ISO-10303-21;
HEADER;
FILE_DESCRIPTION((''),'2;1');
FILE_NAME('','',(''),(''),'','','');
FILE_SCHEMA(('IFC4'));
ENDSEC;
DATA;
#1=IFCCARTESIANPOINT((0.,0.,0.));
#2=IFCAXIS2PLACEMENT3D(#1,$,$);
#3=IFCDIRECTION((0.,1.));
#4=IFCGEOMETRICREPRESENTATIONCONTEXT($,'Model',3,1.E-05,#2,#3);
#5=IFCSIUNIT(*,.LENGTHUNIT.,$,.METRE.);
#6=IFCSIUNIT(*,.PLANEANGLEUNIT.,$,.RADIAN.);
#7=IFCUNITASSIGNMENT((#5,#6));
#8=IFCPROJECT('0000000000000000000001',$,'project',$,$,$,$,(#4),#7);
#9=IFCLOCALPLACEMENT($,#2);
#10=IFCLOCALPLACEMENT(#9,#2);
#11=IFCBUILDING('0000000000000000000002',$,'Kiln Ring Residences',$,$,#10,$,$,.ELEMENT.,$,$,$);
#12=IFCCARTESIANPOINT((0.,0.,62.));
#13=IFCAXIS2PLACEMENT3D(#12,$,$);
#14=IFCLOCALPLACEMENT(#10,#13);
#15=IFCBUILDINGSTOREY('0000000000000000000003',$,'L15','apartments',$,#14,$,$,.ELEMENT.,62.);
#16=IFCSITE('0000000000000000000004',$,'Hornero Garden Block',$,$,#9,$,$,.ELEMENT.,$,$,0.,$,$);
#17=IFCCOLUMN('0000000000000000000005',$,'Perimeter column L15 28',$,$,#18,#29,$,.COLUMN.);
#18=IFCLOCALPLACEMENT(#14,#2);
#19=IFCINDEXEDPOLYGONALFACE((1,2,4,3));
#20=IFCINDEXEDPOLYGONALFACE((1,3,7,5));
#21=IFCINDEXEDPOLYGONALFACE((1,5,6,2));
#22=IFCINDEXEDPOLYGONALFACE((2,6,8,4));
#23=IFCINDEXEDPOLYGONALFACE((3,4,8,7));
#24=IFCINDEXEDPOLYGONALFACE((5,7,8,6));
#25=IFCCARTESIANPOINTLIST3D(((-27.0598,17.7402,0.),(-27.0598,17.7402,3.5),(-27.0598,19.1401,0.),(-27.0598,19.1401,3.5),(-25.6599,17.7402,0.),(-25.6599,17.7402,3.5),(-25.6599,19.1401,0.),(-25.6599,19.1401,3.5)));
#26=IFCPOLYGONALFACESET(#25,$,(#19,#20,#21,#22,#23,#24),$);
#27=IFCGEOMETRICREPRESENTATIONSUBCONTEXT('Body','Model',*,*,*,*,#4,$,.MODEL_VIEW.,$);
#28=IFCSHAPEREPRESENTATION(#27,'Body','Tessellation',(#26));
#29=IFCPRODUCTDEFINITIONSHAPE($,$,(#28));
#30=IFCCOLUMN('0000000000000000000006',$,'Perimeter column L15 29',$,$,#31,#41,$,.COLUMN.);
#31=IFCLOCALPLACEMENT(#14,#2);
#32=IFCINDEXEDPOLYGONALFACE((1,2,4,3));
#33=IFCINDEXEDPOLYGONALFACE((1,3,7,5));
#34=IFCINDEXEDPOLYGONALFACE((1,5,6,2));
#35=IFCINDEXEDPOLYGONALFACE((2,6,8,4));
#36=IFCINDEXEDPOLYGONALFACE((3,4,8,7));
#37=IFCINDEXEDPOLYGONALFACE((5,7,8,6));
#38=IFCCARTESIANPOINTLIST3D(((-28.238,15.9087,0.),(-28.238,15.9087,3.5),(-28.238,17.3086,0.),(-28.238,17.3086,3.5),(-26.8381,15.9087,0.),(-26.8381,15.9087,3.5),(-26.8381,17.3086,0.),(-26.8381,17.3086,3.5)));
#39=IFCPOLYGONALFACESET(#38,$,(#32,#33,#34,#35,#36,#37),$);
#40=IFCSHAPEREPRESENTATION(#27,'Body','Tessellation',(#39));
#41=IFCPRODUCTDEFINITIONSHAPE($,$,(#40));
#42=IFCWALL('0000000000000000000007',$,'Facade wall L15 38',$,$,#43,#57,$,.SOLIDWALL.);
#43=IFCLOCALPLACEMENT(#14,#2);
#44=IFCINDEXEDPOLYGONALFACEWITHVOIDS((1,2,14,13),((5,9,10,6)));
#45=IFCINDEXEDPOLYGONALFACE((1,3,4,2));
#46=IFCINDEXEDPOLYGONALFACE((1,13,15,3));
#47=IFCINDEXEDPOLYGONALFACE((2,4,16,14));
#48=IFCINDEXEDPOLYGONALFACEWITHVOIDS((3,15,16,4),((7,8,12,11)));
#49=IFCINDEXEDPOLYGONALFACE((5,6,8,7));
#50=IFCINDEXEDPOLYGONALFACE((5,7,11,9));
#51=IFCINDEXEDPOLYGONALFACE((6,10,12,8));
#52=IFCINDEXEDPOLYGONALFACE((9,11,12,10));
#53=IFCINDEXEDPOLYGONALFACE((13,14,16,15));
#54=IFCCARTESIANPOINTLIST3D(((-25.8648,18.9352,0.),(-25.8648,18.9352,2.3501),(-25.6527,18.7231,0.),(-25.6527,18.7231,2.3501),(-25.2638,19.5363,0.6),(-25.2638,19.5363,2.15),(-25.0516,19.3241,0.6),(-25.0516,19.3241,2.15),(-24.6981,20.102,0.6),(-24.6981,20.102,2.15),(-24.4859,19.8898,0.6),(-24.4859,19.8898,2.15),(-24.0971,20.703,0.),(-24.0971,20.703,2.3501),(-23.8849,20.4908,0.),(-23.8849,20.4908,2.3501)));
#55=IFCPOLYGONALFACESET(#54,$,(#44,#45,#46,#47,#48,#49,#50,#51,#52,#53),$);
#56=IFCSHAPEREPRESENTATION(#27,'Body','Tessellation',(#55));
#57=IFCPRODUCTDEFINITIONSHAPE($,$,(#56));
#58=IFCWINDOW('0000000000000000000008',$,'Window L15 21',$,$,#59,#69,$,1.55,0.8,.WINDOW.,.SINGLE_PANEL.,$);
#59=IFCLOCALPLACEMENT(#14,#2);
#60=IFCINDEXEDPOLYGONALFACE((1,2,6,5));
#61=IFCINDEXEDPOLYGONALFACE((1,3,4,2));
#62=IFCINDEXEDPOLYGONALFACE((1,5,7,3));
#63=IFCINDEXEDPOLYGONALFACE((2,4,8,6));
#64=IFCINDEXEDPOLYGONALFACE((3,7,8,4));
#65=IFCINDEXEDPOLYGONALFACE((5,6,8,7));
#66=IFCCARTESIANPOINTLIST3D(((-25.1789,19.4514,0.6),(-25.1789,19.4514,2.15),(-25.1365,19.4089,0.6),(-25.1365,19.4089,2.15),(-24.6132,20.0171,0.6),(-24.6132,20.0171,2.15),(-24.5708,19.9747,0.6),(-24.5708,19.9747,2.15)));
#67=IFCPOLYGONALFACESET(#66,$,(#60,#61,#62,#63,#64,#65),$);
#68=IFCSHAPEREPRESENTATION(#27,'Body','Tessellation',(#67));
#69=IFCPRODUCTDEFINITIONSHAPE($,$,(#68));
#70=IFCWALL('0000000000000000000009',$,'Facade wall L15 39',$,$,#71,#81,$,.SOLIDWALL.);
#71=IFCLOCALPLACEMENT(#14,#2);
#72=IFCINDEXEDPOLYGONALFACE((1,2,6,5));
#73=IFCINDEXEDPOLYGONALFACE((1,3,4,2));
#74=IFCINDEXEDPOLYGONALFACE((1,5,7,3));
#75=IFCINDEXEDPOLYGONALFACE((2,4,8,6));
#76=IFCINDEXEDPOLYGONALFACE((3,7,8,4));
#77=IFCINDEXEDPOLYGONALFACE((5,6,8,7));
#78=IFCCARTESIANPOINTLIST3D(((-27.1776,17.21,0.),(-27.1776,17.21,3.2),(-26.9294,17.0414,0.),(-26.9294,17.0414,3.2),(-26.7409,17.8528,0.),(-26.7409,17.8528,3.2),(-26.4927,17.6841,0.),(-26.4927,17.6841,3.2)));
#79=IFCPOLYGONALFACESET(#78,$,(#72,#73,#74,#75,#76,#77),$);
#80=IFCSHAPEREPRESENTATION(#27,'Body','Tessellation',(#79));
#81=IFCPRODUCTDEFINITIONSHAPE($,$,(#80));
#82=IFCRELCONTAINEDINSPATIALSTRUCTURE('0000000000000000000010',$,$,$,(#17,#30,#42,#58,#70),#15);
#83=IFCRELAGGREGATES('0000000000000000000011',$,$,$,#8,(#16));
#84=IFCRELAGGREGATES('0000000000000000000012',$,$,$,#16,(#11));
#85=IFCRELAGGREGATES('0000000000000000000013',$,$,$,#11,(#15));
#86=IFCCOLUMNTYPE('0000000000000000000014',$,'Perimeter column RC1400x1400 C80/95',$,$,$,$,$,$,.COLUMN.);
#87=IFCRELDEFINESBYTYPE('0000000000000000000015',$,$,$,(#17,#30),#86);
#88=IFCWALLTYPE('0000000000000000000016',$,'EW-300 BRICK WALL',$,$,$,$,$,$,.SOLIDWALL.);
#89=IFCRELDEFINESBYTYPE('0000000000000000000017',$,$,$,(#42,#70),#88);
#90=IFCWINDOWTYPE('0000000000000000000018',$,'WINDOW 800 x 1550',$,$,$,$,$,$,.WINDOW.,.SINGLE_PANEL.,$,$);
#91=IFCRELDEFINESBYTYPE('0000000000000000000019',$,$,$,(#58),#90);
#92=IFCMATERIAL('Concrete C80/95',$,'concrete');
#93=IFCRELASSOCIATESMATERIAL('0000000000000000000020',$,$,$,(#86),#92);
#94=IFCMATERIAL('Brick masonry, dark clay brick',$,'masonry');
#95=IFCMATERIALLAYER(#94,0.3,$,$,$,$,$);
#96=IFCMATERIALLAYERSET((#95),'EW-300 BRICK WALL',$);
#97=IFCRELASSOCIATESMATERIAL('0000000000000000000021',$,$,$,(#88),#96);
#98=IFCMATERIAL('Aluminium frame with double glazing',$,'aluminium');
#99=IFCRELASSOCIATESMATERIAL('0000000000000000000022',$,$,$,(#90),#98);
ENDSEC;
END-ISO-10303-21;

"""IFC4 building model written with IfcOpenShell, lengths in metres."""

from ifc_helpers import new_model, si_unit, direction, frame, frame_2d, origin, origin_2d, place, context, subcontext, project, spatial, rectangle, extrude, material, layer, layer_set, material_profile, profile_set, type_object, element, fill, save


model = new_model("IFC4")

# Units and contexts
model_context = context("Model", 3, precision=1e-05, world=origin(), true_north=direction((0.0, 1.0)))
body_context = subcontext(model_context, "Body", "Model", "MODEL_VIEW")
ifc_project = project(units=[si_unit("LENGTHUNIT", "METRE"), si_unit("PLANEANGLEUNIT", "RADIAN")], contexts=[model_context])

# Site, building, storey
site_placement = place(None, origin())
site = spatial("IfcSite", under=ifc_project, at=site_placement, Name="Hornero Garden Block", CompositionType="ELEMENT", RefElevation=0.0)
building_placement = place(site_placement, origin())
building = spatial("IfcBuilding", under=site, at=building_placement, Name="Kiln Ring Residences", CompositionType="ELEMENT")
storey_placement = place(building_placement, frame((0.0, 0.0, 62.0)))
storey = spatial("IfcBuildingStorey", under=building, at=storey_placement, Name="L15", Description="apartments", CompositionType="ELEMENT", Elevation=62.0)

# Columns
ifc_material_1 = material(Name="Concrete C80/95", Category="concrete")
ifc_material_profile = material_profile(ifc_material_1, rectangle(XDim=1.3999, YDim=1.3999, at=origin_2d()), Name="RC1400x1400")
ifc_profile_set = profile_set([ifc_material_profile], Name="Concrete C80/95")
column_type = type_object("IfcColumnType", Name="Perimeter column RC1400x1400 C80/95", PredefinedType="COLUMN", material=ifc_profile_set)
for number, where, z_axis, x_axis, name in (
    (1, (-26.3599, 18.4402, 0.0), (0.0, 0.0, 1.0), (1.0, 0.0, 0.0), "Perimeter column L15 28"),
    (2, (-27.5381, 16.6086, 0.0), (0.0, 0.0, 1.0), (1.0, 0.0, 0.0), "Perimeter column L15 29"),
):
    element("IfcColumn", number, at=place(storey_placement, frame(where, z_axis=z_axis, x_axis=x_axis)), inside=storey, type_object=column_type, Name=name, PredefinedType="COLUMN", context=body_context, shape_type="SweptSolid", body=[
        extrude(rectangle(XDim=1.3999, YDim=1.3999, at=origin_2d()), origin(), (0.0, 0.0, 1.0), 3.5),
    ])

# Wall, opening, window
ifc_material_2 = material(Name="Brick masonry, dark clay brick", Category="masonry")
ifc_layer_1 = layer(ifc_material_2, 0.3)
ifc_layer_set_1 = layer_set([ifc_layer_1], Name="EW-300 BRICK WALL")
wall_type_1 = type_object("IfcWallType", Name="EW-300 BRICK WALL", PredefinedType="SOLIDWALL", material=ifc_layer_set_1)
wall_1_placement = place(storey_placement, frame((-23.991, 20.5969, 0.0), z_axis=(0.0, 0.0, 1.0), x_axis=(-0.707107, -0.707107, 0.0)))
wall_1 = element("IfcWall", 3, at=wall_1_placement, inside=storey, type_object=wall_type_1, Name="Facade wall L15 38", PredefinedType="SOLIDWALL", context=body_context, shape_type="SweptSolid", body=[
    extrude(rectangle(XDim=2.5, YDim=0.3, at=frame_2d((1.25, 0.0))), origin(), (0.0, 0.0, 1.0), 2.3501),
])
opening_1_placement = place(wall_1_placement, frame((0.8501, 0.0, 0.6001)))
opening_1 = element("IfcOpeningElement", 4, at=opening_1_placement, cuts=wall_1, PredefinedType="OPENING", context=body_context, shape_type="SweptSolid", body=[
    extrude(rectangle(XDim=0.8, YDim=1.55, at=frame_2d((0.3999, 0.7749))), frame((0.0, 0.1599, 0.0), z_axis=(0.0, -1.0, 0.0), x_axis=(1.0, 0.0, 0.0)), (0.0, 0.0, 1.0), 0.3201),
])
ifc_material_3 = material(Name="Aluminium frame with double glazing", Category="aluminium")
window_type = type_object("IfcWindowType", Name="WINDOW 800 x 1550", PartitioningType="SINGLE_PANEL", PredefinedType="WINDOW", material=ifc_material_3)
window_placement = place(opening_1_placement, origin())
window = element("IfcWindow", 5, at=window_placement, inside=storey, type_object=window_type, Name="Window L15 21", OverallHeight=1.55, OverallWidth=0.8, PartitioningType="SINGLE_PANEL", PredefinedType="WINDOW", context=body_context, shape_type="SweptSolid", body=[
    extrude(rectangle(XDim=0.8, YDim=1.55, at=frame_2d((0.3999, 0.7749))), frame((0.0, 0.03, 0.0), z_axis=(0.0, -1.0, 0.0), x_axis=(1.0, 0.0, 0.0)), (0.0, 0.0, 1.0), 0.0601),
])
fill(opening_1, window)

# Wall
wall_2_placement = place(storey_placement, frame((-26.6167, 17.7686, 0.0), z_axis=(0.0, 0.0, 1.0), x_axis=(-0.562001, -0.827137, 0.0)))
element("IfcWall", 6, at=wall_2_placement, inside=storey, type_object=wall_type_1, Name="Facade wall L15 39", PredefinedType="SOLIDWALL", context=body_context, shape_type="SweptSolid", body=[
    extrude(rectangle(XDim=0.7771, YDim=0.3, at=frame_2d((0.3887, 0.0))), origin(), (0.0, 0.0, 1.0), 3.2),
])

save(model, "model.ifc")
